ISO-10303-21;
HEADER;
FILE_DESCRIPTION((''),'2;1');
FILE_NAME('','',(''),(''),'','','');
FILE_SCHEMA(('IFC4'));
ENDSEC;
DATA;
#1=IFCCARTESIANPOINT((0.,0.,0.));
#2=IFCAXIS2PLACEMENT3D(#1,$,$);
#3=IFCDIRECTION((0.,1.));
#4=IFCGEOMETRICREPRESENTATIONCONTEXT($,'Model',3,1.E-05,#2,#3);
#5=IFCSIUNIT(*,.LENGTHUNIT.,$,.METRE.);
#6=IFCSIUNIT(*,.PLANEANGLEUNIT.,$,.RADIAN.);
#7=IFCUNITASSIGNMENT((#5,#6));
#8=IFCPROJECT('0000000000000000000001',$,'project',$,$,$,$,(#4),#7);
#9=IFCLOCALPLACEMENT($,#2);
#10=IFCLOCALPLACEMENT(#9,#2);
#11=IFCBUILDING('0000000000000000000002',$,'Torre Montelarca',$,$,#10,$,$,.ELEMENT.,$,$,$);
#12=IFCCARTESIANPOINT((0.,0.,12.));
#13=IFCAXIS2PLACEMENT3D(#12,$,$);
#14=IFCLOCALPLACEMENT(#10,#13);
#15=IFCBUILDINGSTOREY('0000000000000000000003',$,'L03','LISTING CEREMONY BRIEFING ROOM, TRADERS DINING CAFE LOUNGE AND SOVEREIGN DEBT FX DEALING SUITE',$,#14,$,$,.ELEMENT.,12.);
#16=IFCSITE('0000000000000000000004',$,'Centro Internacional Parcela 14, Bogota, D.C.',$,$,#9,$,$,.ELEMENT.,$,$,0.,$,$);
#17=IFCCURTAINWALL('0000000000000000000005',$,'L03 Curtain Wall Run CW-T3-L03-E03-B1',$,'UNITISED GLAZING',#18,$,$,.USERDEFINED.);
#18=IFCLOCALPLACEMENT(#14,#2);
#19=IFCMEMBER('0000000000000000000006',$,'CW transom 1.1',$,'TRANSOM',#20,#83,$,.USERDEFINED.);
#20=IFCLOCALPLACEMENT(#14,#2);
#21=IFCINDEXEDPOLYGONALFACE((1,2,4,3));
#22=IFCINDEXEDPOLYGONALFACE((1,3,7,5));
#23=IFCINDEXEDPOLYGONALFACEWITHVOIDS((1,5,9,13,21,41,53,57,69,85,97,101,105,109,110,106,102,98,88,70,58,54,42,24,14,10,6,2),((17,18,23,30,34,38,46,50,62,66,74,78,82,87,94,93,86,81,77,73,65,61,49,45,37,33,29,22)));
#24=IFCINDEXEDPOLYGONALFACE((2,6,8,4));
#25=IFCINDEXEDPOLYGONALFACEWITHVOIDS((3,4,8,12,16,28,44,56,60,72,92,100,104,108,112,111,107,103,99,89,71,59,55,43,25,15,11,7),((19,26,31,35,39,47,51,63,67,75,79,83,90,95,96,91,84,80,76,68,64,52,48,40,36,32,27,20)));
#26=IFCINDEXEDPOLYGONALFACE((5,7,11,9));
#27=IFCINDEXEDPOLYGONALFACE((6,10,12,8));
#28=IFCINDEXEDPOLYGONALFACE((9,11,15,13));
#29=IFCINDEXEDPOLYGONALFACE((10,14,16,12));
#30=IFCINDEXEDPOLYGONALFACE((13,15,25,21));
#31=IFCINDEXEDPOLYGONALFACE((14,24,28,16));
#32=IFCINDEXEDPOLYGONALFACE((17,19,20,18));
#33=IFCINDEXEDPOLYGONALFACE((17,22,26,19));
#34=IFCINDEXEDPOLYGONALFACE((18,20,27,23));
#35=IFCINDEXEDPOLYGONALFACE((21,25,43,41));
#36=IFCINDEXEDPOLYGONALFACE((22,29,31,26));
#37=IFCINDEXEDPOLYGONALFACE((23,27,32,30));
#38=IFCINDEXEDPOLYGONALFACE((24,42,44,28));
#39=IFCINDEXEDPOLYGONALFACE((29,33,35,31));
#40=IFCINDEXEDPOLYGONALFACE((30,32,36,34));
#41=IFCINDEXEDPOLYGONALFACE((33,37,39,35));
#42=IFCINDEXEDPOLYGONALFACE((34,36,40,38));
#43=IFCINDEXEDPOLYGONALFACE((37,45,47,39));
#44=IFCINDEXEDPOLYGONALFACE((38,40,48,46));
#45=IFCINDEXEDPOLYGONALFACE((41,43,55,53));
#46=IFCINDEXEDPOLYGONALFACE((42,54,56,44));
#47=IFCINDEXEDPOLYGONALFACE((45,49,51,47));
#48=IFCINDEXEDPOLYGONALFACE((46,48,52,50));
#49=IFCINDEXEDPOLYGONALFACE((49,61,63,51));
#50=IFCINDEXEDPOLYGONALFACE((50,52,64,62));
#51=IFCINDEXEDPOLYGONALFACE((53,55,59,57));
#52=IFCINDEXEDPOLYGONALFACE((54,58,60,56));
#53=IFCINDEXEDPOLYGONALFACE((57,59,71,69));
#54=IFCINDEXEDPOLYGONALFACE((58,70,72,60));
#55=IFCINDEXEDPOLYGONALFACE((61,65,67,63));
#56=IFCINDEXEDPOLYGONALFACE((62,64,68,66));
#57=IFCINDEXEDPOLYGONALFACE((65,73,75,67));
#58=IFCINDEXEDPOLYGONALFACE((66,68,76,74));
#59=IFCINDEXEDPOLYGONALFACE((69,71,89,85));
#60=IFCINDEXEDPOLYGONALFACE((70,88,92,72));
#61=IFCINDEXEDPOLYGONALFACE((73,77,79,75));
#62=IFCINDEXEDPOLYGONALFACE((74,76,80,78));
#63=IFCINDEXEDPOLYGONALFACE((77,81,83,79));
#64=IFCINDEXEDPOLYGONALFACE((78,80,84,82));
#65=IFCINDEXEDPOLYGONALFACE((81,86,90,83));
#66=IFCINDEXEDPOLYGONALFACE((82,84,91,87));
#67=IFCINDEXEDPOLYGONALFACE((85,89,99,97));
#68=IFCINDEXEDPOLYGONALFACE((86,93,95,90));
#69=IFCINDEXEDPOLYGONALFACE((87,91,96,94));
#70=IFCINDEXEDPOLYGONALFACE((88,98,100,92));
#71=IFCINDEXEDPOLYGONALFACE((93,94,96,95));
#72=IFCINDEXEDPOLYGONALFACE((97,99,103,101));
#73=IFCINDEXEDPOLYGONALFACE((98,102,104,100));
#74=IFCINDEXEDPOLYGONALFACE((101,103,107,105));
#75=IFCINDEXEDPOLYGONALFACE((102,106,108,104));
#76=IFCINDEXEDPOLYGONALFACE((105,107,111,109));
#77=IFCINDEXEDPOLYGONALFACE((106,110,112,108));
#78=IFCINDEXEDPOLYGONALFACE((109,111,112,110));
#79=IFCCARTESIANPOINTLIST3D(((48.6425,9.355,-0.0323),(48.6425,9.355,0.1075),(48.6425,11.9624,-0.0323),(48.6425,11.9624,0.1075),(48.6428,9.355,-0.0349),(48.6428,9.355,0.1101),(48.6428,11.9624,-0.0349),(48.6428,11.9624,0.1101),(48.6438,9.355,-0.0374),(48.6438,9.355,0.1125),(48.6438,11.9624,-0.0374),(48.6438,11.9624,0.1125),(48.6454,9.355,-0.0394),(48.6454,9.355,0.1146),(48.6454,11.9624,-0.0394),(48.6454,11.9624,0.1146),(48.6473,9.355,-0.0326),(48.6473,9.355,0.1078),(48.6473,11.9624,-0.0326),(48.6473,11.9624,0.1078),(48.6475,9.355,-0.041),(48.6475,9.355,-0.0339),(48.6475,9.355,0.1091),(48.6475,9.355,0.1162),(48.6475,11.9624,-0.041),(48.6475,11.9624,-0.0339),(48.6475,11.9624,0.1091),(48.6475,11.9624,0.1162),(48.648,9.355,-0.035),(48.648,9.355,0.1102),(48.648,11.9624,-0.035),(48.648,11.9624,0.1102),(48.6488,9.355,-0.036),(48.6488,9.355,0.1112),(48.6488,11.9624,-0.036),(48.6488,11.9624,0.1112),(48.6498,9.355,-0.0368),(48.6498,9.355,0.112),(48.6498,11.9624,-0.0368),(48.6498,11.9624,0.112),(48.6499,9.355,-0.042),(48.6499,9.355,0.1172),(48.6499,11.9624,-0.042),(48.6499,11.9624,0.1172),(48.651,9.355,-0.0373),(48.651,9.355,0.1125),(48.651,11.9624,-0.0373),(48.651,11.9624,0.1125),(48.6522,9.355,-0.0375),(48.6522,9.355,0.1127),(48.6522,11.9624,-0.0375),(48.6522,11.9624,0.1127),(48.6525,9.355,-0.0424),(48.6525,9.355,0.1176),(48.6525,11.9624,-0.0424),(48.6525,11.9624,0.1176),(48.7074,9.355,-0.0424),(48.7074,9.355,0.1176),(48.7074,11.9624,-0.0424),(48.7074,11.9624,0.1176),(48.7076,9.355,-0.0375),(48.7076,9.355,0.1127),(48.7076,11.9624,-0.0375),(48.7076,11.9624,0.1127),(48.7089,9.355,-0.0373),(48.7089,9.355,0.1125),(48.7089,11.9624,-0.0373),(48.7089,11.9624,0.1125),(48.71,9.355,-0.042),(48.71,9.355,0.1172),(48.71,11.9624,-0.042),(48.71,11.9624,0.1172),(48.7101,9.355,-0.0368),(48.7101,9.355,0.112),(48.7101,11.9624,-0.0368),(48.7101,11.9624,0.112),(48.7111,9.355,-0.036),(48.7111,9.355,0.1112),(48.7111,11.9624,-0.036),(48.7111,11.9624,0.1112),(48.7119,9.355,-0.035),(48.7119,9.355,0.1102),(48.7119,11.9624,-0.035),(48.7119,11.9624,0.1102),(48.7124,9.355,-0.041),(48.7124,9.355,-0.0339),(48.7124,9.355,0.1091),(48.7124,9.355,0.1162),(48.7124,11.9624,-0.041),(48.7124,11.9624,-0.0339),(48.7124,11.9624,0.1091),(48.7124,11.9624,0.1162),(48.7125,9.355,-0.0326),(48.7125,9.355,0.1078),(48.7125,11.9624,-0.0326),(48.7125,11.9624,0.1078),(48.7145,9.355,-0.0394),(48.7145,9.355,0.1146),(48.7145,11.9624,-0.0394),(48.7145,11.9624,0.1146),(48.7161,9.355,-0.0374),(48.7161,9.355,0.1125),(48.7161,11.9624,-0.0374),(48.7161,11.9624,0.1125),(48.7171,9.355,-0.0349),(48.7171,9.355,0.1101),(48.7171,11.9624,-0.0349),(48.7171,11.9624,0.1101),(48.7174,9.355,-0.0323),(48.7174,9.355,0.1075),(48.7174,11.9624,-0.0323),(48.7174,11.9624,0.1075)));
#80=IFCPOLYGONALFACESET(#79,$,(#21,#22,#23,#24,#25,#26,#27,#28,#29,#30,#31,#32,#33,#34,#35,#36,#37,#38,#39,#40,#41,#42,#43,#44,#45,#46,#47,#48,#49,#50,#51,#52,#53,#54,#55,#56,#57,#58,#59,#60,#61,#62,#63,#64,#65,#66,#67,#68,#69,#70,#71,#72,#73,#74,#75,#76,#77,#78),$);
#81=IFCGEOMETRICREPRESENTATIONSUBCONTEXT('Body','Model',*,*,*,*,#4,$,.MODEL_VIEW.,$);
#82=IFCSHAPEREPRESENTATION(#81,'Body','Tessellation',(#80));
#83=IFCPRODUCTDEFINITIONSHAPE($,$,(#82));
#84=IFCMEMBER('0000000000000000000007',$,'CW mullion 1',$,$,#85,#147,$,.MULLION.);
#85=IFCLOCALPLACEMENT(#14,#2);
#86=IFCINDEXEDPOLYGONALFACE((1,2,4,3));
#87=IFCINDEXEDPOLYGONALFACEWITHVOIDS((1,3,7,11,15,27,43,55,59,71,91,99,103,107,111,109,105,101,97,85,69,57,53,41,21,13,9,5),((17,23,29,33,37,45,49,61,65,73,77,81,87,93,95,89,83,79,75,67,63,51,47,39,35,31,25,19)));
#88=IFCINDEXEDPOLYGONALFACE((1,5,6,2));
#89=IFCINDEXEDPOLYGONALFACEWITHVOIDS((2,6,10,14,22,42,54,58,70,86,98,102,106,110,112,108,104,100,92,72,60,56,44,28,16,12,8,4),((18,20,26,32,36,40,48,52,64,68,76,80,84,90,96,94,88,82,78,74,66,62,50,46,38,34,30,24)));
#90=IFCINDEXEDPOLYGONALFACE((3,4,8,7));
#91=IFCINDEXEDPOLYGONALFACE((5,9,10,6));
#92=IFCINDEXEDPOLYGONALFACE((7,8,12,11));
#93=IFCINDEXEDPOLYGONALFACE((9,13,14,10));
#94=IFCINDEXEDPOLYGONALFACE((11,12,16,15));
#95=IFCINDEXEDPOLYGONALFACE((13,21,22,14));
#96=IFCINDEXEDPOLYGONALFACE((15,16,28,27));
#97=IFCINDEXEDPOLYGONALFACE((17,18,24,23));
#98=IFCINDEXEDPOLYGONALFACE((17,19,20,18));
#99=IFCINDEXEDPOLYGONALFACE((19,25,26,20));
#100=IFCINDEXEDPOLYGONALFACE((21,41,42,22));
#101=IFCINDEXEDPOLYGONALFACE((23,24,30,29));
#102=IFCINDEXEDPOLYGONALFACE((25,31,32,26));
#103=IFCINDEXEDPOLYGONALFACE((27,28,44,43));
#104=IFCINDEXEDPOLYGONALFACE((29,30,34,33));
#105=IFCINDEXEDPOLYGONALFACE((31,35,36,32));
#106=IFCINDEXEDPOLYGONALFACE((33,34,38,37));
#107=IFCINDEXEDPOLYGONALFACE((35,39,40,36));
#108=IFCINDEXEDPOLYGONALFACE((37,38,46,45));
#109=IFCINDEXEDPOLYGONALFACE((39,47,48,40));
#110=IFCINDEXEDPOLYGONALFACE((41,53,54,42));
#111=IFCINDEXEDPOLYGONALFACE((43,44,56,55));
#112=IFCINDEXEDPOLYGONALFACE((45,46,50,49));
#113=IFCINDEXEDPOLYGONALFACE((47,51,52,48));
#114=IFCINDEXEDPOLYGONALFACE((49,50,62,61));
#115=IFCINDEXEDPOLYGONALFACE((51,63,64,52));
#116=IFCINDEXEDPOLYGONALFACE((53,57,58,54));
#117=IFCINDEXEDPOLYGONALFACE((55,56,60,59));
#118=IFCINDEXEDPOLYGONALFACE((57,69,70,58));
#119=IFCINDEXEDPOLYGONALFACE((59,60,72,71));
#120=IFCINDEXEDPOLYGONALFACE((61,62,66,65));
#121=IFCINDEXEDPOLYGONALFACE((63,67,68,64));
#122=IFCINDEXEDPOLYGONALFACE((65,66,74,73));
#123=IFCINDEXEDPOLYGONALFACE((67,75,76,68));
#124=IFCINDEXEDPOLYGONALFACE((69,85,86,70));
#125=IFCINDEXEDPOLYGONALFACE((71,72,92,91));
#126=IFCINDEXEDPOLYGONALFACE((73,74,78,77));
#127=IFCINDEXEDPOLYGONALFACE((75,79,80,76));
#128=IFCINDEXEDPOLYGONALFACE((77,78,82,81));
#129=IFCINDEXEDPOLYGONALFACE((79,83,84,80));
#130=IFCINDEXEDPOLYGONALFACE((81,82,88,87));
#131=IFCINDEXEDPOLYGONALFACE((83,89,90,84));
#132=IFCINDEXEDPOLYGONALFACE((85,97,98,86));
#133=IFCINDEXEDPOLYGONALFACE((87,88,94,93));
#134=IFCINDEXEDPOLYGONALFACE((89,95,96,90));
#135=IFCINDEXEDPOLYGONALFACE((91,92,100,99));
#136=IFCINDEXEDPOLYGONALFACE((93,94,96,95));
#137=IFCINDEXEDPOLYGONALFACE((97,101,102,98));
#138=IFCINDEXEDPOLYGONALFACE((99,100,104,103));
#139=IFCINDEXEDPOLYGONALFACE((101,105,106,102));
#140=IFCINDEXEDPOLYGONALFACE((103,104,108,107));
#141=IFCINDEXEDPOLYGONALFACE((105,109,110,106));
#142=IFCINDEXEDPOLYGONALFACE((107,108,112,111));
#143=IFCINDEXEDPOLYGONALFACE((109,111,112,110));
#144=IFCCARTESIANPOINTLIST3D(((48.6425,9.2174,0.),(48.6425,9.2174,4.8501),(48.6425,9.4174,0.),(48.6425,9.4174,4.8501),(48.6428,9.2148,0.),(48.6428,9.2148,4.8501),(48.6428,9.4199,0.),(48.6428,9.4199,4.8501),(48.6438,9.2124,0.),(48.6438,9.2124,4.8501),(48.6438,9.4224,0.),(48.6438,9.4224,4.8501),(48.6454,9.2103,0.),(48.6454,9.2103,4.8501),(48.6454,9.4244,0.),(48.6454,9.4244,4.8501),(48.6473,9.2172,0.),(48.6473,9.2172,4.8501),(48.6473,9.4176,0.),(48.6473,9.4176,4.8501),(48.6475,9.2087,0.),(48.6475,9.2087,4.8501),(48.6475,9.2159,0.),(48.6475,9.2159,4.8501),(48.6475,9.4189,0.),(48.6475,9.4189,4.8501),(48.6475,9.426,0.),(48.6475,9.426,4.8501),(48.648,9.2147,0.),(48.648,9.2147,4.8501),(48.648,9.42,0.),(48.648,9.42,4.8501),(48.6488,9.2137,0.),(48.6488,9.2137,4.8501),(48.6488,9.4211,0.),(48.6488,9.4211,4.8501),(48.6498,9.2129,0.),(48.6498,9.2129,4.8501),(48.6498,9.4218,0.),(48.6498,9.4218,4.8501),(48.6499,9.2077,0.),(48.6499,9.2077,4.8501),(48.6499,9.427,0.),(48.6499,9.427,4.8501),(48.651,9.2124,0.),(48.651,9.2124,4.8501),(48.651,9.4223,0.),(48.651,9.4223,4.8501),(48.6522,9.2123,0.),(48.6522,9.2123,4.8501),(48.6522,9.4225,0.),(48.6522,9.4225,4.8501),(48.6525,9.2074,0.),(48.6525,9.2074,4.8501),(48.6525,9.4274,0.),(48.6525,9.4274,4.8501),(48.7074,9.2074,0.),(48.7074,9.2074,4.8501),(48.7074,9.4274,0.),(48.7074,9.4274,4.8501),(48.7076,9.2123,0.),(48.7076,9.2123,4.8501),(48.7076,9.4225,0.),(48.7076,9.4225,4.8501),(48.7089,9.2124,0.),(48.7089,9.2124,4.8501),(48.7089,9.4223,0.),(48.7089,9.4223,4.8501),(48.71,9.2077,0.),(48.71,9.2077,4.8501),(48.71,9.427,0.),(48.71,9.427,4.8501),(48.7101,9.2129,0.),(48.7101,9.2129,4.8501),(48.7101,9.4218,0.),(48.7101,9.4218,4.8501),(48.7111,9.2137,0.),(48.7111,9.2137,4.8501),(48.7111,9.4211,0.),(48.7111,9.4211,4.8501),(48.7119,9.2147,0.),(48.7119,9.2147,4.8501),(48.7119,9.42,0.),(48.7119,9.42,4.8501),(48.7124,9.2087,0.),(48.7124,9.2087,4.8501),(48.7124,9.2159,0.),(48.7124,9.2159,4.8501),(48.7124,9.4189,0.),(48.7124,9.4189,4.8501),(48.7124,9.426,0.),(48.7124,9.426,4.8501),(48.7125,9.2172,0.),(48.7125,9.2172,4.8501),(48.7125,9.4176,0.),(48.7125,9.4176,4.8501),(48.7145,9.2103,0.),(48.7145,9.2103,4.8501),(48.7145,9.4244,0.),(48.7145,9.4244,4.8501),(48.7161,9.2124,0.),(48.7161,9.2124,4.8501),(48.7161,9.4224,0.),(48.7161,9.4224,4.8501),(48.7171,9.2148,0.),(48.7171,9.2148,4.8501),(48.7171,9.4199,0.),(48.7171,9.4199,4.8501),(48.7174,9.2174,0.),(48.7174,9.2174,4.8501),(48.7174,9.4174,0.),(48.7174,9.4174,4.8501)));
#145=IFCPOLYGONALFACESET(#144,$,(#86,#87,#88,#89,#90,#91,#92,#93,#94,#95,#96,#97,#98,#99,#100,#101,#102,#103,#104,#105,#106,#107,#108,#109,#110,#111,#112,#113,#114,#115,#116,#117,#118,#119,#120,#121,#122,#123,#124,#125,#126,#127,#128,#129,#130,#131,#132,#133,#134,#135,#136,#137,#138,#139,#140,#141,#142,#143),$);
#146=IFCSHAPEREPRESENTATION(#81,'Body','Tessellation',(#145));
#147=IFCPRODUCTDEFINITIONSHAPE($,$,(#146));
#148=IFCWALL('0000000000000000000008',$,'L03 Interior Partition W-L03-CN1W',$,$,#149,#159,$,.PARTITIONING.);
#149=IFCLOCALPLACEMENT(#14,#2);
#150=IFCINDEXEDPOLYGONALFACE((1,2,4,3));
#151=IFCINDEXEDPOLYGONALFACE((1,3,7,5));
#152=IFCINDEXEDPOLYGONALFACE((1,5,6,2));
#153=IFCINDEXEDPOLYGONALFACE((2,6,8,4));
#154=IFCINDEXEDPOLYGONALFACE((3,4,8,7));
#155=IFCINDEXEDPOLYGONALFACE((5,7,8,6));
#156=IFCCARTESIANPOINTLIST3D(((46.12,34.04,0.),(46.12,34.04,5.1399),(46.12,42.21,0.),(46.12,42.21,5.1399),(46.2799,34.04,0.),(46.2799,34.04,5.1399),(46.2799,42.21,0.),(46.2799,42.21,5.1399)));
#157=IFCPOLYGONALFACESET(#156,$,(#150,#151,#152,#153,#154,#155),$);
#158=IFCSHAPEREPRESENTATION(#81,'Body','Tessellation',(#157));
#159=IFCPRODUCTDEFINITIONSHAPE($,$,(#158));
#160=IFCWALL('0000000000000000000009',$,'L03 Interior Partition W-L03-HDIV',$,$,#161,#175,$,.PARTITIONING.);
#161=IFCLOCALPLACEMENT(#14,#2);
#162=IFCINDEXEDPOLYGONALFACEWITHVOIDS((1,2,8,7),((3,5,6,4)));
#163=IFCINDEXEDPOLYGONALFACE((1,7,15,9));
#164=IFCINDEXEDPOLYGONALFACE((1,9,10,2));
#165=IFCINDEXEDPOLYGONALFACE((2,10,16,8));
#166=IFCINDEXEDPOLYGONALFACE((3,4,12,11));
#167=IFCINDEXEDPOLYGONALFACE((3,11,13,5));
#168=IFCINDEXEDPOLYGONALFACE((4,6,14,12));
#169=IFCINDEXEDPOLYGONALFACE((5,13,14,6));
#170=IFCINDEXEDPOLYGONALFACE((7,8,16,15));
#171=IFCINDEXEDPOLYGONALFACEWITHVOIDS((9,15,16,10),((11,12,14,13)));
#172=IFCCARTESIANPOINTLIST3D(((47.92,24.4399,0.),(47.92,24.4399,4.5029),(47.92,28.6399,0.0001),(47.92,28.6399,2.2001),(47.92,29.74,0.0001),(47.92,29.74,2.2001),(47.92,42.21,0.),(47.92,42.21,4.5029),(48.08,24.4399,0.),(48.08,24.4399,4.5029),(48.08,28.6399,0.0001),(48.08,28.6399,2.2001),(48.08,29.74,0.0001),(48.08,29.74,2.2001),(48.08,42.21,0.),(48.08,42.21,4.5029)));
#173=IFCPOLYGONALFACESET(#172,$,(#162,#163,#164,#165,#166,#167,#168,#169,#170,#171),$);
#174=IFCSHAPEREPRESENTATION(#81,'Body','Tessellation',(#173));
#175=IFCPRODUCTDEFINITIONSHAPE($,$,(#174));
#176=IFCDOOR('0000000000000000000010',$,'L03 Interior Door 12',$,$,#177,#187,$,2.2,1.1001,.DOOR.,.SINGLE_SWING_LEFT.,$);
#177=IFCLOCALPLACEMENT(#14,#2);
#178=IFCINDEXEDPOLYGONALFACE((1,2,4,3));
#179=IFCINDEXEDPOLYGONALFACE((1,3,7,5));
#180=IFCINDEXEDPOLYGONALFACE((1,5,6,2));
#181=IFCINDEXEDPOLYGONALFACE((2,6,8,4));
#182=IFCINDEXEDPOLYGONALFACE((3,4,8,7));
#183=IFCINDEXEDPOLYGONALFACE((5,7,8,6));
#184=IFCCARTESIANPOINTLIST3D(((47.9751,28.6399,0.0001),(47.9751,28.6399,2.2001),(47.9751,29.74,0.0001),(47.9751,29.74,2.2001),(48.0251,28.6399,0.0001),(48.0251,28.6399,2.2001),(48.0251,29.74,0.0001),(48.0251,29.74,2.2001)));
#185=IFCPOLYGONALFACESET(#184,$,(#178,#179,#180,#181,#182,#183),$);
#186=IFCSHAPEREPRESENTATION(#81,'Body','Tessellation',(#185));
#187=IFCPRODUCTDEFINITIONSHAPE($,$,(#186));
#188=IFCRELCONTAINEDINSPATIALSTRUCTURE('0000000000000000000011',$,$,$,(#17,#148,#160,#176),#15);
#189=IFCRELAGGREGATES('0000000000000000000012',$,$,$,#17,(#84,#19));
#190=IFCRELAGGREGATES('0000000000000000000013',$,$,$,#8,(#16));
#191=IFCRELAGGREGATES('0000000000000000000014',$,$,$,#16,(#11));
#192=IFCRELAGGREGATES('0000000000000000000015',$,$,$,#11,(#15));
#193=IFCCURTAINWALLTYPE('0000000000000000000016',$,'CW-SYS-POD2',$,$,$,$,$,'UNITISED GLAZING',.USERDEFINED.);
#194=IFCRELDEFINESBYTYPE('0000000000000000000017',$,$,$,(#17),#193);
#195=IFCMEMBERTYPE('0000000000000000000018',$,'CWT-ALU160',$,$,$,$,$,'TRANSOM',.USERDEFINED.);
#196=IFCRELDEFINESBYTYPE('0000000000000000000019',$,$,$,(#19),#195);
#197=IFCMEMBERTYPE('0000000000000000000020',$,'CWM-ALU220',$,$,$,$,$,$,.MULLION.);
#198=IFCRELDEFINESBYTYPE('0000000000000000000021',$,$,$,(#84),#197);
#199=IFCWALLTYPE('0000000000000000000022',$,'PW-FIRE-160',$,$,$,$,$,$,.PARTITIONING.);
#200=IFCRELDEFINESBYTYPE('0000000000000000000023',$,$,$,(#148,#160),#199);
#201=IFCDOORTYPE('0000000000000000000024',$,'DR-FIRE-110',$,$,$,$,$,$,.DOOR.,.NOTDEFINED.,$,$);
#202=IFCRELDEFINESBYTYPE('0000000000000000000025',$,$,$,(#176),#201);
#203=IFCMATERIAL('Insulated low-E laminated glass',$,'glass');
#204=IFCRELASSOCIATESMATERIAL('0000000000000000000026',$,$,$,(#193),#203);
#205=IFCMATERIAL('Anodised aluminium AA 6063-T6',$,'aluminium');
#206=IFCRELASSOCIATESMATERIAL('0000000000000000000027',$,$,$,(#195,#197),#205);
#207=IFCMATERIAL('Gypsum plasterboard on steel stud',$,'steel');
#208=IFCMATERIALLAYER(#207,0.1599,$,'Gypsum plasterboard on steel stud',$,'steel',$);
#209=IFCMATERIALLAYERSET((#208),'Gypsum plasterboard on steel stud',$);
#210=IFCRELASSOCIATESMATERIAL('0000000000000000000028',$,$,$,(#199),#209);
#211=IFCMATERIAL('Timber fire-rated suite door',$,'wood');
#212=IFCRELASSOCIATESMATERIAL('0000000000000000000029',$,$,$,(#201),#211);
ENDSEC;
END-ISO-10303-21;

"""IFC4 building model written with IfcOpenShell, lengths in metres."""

from ifc_helpers import new_model, si_unit, direction, frame, frame_2d, origin, origin_2d, place, context, subcontext, project, spatial, rectangle, hollow_rectangle, extrude, source, transform, mapped, material, layer, layer_set, material_profile, profile_set, type_object, element, fill, aggregate, save


model = new_model("IFC4")

# Units and contexts
model_context = context("Model", 3, precision=1e-05, world=origin(), true_north=direction((0.0, 1.0)))
body_context = subcontext(model_context, "Body", "Model", "MODEL_VIEW")
ifc_project = project(units=[si_unit("LENGTHUNIT", "METRE"), si_unit("PLANEANGLEUNIT", "RADIAN")], contexts=[model_context])

# Site, building, storey
site_placement = place(None, origin())
site = spatial("IfcSite", under=ifc_project, at=site_placement, Name="Centro Internacional Parcela 14, Bogota, D.C.", CompositionType="ELEMENT", RefElevation=0.0)
building_placement = place(site_placement, origin())
building = spatial("IfcBuilding", under=site, at=building_placement, Name="Torre Montelarca", CompositionType="ELEMENT")
storey_placement = place(building_placement, frame((0.0, 0.0, 12.0)))
storey = spatial("IfcBuildingStorey", under=building, at=storey_placement, Name="L03", Description="LISTING CEREMONY BRIEFING ROOM, TRADERS DINING CAFE LOUNGE AND SOVEREIGN DEBT FX DEALING SUITE", CompositionType="ELEMENT", Elevation=12.0)

# Curtain wall, members
ifc_material_1 = material(Name="Insulated low-E laminated glass", Category="glass")
curtain_wall_type = type_object("IfcCurtainWallType", Name="CW-SYS-POD2", ElementType="UNITISED GLAZING", PredefinedType="USERDEFINED", material=ifc_material_1)
curtain_wall_placement = place(storey_placement, origin())
curtain_wall = element("IfcCurtainWall", 1, at=curtain_wall_placement, inside=storey, type_object=curtain_wall_type, Name="L03 Curtain Wall Run CW-T3-L03-E03-B1", ObjectType="UNITISED GLAZING", PredefinedType="USERDEFINED")
ifc_material_2 = material(Name="Anodised aluminium AA 6063-T6", Category="aluminium")
ifc_material_profile_1 = material_profile(ifc_material_2, hollow_rectangle(XDim=0.075, YDim=0.1599, WallThickness=0.0049, InnerFilletRadius=0.0049, OuterFilletRadius=0.01, at=origin_2d()), Name="ALU75X160X5", Category="aluminium")
ifc_profile_set_1 = profile_set([ifc_material_profile_1], Name="Anodised aluminium AA 6063-T6")
member_type_1 = type_object("IfcMemberType", Name="CWT-ALU160", ElementType="TRANSOM", PredefinedType="USERDEFINED", material=ifc_profile_set_1)
shared_shape_1 = source(origin(), body_context, "Body", "SweptSolid", [
    extrude(hollow_rectangle(XDim=0.075, YDim=0.1599, WallThickness=0.0049, InnerFilletRadius=0.0049, OuterFilletRadius=0.01, at=origin_2d()), origin(), (0.0, 0.0, 1.0), 2.6074),
])
member_1_placement = place(storey_placement, frame((48.6799, 9.355, 0.0376), z_axis=(0.0, 1.0, 0.0), x_axis=(-1.0, 0.0, 0.0)))
member_1 = element("IfcMember", 2, at=member_1_placement, type_object=member_type_1, Name="CW transom 1.1", ObjectType="TRANSOM", PredefinedType="USERDEFINED", context=body_context, shape_type="MappedRepresentation", body=[
    mapped(shared_shape_1, transform((0.0, 0.0, 0.0), scale=1.0)),
])
ifc_material_profile_2 = material_profile(ifc_material_2, hollow_rectangle(XDim=0.075, YDim=0.22, WallThickness=0.0049, InnerFilletRadius=0.0049, OuterFilletRadius=0.01, at=origin_2d()), Name="ALU75X220X5", Category="aluminium")
ifc_profile_set_2 = profile_set([ifc_material_profile_2], Name="Anodised aluminium AA 6063-T6")
member_type_2 = type_object("IfcMemberType", Name="CWM-ALU220", PredefinedType="MULLION", material=ifc_profile_set_2)
shared_shape_2 = source(origin(), body_context, "Body", "SweptSolid", [
    extrude(hollow_rectangle(XDim=0.075, YDim=0.22, WallThickness=0.0049, InnerFilletRadius=0.0049, OuterFilletRadius=0.01, at=origin_2d()), origin(), (0.0, 0.0, 1.0), 4.8501),
])
member_2_placement = place(storey_placement, frame((48.6799, 9.3174, 0.0), z_axis=(0.0, 0.0, 1.0), x_axis=(-1.0, 0.0, 0.0)))
member_2 = element("IfcMember", 3, at=member_2_placement, type_object=member_type_2, Name="CW mullion 1", PredefinedType="MULLION", context=body_context, shape_type="MappedRepresentation", body=[
    mapped(shared_shape_2, transform((0.0, 0.0, 0.0), scale=1.0)),
])
aggregate(curtain_wall, [member_2, member_1])

# Wall
ifc_material_3 = material(Name="Gypsum plasterboard on steel stud", Category="steel")
ifc_layer = layer(ifc_material_3, 0.1599, Name="Gypsum plasterboard on steel stud", Category="steel")
ifc_layer_set = layer_set([ifc_layer], Name="Gypsum plasterboard on steel stud")
wall_type = type_object("IfcWallType", Name="PW-FIRE-160", PredefinedType="PARTITIONING", material=ifc_layer_set)
wall_1_placement = place(storey_placement, frame((46.2, 34.04, 0.0), z_axis=(0.0, 0.0, 1.0), x_axis=(0.0, 1.0, 0.0)))
element("IfcWall", 4, at=wall_1_placement, inside=storey, type_object=wall_type, Name="L03 Interior Partition W-L03-CN1W", PredefinedType="PARTITIONING", context=body_context, shape_type="SweptSolid", body=[
    extrude(rectangle(XDim=8.1699, YDim=0.1599, at=frame_2d((4.085, 0.0))), origin(), (0.0, 0.0, 1.0), 5.1399),
])

# Wall, opening, door
wall_2_placement = place(storey_placement, frame((48.0, 24.4399, 0.0), z_axis=(0.0, 0.0, 1.0), x_axis=(0.0, 1.0, 0.0)))
wall_2 = element("IfcWall", 5, at=wall_2_placement, inside=storey, type_object=wall_type, Name="L03 Interior Partition W-L03-HDIV", PredefinedType="PARTITIONING", context=body_context, shape_type="SweptSolid", body=[
    extrude(rectangle(XDim=17.77, YDim=0.1599, at=frame_2d((8.885, 0.0))), origin(), (0.0, 0.0, 1.0), 4.5029),
])
opening_placement = place(wall_2_placement, frame((4.2, 0.0, 0.0)))
opening = element("IfcOpeningElement", 6, at=opening_placement, cuts=wall_2, PredefinedType="OPENING", context=body_context, shape_type="SweptSolid", body=[
    extrude(rectangle(XDim=1.1001, YDim=2.2, at=frame_2d((0.55, 1.1001))), frame((0.0, 0.0898, 0.0), z_axis=(0.0, -1.0, 0.0), x_axis=(1.0, 0.0, 0.0)), (0.0, 0.0, 1.0), 0.1799),
])
ifc_material_4 = material(Name="Timber fire-rated suite door", Category="wood")
door_type = type_object("IfcDoorType", Name="DR-FIRE-110", OperationType="NOTDEFINED", PredefinedType="DOOR", material=ifc_material_4)
shared_shape_3 = source(origin(), body_context, "Body", "SweptSolid", [
    extrude(rectangle(XDim=1.1001, YDim=2.2, at=frame_2d((0.55, 1.1001))), frame((0.0, 0.0249, 0.0), z_axis=(0.0, -1.0, 0.0), x_axis=(1.0, 0.0, 0.0)), (0.0, 0.0, 1.0), 0.05),
])
door_placement = place(opening_placement, origin())
door = element("IfcDoor", 7, at=door_placement, inside=storey, type_object=door_type, Name="L03 Interior Door 12", OperationType="SINGLE_SWING_LEFT", OverallHeight=2.2, OverallWidth=1.1001, PredefinedType="DOOR", context=body_context, shape_type="MappedRepresentation", body=[
    mapped(shared_shape_3, transform((0.0, 0.0, 0.0), scale=1.0)),
])
fill(opening, door)

save(model, "model.ifc")
